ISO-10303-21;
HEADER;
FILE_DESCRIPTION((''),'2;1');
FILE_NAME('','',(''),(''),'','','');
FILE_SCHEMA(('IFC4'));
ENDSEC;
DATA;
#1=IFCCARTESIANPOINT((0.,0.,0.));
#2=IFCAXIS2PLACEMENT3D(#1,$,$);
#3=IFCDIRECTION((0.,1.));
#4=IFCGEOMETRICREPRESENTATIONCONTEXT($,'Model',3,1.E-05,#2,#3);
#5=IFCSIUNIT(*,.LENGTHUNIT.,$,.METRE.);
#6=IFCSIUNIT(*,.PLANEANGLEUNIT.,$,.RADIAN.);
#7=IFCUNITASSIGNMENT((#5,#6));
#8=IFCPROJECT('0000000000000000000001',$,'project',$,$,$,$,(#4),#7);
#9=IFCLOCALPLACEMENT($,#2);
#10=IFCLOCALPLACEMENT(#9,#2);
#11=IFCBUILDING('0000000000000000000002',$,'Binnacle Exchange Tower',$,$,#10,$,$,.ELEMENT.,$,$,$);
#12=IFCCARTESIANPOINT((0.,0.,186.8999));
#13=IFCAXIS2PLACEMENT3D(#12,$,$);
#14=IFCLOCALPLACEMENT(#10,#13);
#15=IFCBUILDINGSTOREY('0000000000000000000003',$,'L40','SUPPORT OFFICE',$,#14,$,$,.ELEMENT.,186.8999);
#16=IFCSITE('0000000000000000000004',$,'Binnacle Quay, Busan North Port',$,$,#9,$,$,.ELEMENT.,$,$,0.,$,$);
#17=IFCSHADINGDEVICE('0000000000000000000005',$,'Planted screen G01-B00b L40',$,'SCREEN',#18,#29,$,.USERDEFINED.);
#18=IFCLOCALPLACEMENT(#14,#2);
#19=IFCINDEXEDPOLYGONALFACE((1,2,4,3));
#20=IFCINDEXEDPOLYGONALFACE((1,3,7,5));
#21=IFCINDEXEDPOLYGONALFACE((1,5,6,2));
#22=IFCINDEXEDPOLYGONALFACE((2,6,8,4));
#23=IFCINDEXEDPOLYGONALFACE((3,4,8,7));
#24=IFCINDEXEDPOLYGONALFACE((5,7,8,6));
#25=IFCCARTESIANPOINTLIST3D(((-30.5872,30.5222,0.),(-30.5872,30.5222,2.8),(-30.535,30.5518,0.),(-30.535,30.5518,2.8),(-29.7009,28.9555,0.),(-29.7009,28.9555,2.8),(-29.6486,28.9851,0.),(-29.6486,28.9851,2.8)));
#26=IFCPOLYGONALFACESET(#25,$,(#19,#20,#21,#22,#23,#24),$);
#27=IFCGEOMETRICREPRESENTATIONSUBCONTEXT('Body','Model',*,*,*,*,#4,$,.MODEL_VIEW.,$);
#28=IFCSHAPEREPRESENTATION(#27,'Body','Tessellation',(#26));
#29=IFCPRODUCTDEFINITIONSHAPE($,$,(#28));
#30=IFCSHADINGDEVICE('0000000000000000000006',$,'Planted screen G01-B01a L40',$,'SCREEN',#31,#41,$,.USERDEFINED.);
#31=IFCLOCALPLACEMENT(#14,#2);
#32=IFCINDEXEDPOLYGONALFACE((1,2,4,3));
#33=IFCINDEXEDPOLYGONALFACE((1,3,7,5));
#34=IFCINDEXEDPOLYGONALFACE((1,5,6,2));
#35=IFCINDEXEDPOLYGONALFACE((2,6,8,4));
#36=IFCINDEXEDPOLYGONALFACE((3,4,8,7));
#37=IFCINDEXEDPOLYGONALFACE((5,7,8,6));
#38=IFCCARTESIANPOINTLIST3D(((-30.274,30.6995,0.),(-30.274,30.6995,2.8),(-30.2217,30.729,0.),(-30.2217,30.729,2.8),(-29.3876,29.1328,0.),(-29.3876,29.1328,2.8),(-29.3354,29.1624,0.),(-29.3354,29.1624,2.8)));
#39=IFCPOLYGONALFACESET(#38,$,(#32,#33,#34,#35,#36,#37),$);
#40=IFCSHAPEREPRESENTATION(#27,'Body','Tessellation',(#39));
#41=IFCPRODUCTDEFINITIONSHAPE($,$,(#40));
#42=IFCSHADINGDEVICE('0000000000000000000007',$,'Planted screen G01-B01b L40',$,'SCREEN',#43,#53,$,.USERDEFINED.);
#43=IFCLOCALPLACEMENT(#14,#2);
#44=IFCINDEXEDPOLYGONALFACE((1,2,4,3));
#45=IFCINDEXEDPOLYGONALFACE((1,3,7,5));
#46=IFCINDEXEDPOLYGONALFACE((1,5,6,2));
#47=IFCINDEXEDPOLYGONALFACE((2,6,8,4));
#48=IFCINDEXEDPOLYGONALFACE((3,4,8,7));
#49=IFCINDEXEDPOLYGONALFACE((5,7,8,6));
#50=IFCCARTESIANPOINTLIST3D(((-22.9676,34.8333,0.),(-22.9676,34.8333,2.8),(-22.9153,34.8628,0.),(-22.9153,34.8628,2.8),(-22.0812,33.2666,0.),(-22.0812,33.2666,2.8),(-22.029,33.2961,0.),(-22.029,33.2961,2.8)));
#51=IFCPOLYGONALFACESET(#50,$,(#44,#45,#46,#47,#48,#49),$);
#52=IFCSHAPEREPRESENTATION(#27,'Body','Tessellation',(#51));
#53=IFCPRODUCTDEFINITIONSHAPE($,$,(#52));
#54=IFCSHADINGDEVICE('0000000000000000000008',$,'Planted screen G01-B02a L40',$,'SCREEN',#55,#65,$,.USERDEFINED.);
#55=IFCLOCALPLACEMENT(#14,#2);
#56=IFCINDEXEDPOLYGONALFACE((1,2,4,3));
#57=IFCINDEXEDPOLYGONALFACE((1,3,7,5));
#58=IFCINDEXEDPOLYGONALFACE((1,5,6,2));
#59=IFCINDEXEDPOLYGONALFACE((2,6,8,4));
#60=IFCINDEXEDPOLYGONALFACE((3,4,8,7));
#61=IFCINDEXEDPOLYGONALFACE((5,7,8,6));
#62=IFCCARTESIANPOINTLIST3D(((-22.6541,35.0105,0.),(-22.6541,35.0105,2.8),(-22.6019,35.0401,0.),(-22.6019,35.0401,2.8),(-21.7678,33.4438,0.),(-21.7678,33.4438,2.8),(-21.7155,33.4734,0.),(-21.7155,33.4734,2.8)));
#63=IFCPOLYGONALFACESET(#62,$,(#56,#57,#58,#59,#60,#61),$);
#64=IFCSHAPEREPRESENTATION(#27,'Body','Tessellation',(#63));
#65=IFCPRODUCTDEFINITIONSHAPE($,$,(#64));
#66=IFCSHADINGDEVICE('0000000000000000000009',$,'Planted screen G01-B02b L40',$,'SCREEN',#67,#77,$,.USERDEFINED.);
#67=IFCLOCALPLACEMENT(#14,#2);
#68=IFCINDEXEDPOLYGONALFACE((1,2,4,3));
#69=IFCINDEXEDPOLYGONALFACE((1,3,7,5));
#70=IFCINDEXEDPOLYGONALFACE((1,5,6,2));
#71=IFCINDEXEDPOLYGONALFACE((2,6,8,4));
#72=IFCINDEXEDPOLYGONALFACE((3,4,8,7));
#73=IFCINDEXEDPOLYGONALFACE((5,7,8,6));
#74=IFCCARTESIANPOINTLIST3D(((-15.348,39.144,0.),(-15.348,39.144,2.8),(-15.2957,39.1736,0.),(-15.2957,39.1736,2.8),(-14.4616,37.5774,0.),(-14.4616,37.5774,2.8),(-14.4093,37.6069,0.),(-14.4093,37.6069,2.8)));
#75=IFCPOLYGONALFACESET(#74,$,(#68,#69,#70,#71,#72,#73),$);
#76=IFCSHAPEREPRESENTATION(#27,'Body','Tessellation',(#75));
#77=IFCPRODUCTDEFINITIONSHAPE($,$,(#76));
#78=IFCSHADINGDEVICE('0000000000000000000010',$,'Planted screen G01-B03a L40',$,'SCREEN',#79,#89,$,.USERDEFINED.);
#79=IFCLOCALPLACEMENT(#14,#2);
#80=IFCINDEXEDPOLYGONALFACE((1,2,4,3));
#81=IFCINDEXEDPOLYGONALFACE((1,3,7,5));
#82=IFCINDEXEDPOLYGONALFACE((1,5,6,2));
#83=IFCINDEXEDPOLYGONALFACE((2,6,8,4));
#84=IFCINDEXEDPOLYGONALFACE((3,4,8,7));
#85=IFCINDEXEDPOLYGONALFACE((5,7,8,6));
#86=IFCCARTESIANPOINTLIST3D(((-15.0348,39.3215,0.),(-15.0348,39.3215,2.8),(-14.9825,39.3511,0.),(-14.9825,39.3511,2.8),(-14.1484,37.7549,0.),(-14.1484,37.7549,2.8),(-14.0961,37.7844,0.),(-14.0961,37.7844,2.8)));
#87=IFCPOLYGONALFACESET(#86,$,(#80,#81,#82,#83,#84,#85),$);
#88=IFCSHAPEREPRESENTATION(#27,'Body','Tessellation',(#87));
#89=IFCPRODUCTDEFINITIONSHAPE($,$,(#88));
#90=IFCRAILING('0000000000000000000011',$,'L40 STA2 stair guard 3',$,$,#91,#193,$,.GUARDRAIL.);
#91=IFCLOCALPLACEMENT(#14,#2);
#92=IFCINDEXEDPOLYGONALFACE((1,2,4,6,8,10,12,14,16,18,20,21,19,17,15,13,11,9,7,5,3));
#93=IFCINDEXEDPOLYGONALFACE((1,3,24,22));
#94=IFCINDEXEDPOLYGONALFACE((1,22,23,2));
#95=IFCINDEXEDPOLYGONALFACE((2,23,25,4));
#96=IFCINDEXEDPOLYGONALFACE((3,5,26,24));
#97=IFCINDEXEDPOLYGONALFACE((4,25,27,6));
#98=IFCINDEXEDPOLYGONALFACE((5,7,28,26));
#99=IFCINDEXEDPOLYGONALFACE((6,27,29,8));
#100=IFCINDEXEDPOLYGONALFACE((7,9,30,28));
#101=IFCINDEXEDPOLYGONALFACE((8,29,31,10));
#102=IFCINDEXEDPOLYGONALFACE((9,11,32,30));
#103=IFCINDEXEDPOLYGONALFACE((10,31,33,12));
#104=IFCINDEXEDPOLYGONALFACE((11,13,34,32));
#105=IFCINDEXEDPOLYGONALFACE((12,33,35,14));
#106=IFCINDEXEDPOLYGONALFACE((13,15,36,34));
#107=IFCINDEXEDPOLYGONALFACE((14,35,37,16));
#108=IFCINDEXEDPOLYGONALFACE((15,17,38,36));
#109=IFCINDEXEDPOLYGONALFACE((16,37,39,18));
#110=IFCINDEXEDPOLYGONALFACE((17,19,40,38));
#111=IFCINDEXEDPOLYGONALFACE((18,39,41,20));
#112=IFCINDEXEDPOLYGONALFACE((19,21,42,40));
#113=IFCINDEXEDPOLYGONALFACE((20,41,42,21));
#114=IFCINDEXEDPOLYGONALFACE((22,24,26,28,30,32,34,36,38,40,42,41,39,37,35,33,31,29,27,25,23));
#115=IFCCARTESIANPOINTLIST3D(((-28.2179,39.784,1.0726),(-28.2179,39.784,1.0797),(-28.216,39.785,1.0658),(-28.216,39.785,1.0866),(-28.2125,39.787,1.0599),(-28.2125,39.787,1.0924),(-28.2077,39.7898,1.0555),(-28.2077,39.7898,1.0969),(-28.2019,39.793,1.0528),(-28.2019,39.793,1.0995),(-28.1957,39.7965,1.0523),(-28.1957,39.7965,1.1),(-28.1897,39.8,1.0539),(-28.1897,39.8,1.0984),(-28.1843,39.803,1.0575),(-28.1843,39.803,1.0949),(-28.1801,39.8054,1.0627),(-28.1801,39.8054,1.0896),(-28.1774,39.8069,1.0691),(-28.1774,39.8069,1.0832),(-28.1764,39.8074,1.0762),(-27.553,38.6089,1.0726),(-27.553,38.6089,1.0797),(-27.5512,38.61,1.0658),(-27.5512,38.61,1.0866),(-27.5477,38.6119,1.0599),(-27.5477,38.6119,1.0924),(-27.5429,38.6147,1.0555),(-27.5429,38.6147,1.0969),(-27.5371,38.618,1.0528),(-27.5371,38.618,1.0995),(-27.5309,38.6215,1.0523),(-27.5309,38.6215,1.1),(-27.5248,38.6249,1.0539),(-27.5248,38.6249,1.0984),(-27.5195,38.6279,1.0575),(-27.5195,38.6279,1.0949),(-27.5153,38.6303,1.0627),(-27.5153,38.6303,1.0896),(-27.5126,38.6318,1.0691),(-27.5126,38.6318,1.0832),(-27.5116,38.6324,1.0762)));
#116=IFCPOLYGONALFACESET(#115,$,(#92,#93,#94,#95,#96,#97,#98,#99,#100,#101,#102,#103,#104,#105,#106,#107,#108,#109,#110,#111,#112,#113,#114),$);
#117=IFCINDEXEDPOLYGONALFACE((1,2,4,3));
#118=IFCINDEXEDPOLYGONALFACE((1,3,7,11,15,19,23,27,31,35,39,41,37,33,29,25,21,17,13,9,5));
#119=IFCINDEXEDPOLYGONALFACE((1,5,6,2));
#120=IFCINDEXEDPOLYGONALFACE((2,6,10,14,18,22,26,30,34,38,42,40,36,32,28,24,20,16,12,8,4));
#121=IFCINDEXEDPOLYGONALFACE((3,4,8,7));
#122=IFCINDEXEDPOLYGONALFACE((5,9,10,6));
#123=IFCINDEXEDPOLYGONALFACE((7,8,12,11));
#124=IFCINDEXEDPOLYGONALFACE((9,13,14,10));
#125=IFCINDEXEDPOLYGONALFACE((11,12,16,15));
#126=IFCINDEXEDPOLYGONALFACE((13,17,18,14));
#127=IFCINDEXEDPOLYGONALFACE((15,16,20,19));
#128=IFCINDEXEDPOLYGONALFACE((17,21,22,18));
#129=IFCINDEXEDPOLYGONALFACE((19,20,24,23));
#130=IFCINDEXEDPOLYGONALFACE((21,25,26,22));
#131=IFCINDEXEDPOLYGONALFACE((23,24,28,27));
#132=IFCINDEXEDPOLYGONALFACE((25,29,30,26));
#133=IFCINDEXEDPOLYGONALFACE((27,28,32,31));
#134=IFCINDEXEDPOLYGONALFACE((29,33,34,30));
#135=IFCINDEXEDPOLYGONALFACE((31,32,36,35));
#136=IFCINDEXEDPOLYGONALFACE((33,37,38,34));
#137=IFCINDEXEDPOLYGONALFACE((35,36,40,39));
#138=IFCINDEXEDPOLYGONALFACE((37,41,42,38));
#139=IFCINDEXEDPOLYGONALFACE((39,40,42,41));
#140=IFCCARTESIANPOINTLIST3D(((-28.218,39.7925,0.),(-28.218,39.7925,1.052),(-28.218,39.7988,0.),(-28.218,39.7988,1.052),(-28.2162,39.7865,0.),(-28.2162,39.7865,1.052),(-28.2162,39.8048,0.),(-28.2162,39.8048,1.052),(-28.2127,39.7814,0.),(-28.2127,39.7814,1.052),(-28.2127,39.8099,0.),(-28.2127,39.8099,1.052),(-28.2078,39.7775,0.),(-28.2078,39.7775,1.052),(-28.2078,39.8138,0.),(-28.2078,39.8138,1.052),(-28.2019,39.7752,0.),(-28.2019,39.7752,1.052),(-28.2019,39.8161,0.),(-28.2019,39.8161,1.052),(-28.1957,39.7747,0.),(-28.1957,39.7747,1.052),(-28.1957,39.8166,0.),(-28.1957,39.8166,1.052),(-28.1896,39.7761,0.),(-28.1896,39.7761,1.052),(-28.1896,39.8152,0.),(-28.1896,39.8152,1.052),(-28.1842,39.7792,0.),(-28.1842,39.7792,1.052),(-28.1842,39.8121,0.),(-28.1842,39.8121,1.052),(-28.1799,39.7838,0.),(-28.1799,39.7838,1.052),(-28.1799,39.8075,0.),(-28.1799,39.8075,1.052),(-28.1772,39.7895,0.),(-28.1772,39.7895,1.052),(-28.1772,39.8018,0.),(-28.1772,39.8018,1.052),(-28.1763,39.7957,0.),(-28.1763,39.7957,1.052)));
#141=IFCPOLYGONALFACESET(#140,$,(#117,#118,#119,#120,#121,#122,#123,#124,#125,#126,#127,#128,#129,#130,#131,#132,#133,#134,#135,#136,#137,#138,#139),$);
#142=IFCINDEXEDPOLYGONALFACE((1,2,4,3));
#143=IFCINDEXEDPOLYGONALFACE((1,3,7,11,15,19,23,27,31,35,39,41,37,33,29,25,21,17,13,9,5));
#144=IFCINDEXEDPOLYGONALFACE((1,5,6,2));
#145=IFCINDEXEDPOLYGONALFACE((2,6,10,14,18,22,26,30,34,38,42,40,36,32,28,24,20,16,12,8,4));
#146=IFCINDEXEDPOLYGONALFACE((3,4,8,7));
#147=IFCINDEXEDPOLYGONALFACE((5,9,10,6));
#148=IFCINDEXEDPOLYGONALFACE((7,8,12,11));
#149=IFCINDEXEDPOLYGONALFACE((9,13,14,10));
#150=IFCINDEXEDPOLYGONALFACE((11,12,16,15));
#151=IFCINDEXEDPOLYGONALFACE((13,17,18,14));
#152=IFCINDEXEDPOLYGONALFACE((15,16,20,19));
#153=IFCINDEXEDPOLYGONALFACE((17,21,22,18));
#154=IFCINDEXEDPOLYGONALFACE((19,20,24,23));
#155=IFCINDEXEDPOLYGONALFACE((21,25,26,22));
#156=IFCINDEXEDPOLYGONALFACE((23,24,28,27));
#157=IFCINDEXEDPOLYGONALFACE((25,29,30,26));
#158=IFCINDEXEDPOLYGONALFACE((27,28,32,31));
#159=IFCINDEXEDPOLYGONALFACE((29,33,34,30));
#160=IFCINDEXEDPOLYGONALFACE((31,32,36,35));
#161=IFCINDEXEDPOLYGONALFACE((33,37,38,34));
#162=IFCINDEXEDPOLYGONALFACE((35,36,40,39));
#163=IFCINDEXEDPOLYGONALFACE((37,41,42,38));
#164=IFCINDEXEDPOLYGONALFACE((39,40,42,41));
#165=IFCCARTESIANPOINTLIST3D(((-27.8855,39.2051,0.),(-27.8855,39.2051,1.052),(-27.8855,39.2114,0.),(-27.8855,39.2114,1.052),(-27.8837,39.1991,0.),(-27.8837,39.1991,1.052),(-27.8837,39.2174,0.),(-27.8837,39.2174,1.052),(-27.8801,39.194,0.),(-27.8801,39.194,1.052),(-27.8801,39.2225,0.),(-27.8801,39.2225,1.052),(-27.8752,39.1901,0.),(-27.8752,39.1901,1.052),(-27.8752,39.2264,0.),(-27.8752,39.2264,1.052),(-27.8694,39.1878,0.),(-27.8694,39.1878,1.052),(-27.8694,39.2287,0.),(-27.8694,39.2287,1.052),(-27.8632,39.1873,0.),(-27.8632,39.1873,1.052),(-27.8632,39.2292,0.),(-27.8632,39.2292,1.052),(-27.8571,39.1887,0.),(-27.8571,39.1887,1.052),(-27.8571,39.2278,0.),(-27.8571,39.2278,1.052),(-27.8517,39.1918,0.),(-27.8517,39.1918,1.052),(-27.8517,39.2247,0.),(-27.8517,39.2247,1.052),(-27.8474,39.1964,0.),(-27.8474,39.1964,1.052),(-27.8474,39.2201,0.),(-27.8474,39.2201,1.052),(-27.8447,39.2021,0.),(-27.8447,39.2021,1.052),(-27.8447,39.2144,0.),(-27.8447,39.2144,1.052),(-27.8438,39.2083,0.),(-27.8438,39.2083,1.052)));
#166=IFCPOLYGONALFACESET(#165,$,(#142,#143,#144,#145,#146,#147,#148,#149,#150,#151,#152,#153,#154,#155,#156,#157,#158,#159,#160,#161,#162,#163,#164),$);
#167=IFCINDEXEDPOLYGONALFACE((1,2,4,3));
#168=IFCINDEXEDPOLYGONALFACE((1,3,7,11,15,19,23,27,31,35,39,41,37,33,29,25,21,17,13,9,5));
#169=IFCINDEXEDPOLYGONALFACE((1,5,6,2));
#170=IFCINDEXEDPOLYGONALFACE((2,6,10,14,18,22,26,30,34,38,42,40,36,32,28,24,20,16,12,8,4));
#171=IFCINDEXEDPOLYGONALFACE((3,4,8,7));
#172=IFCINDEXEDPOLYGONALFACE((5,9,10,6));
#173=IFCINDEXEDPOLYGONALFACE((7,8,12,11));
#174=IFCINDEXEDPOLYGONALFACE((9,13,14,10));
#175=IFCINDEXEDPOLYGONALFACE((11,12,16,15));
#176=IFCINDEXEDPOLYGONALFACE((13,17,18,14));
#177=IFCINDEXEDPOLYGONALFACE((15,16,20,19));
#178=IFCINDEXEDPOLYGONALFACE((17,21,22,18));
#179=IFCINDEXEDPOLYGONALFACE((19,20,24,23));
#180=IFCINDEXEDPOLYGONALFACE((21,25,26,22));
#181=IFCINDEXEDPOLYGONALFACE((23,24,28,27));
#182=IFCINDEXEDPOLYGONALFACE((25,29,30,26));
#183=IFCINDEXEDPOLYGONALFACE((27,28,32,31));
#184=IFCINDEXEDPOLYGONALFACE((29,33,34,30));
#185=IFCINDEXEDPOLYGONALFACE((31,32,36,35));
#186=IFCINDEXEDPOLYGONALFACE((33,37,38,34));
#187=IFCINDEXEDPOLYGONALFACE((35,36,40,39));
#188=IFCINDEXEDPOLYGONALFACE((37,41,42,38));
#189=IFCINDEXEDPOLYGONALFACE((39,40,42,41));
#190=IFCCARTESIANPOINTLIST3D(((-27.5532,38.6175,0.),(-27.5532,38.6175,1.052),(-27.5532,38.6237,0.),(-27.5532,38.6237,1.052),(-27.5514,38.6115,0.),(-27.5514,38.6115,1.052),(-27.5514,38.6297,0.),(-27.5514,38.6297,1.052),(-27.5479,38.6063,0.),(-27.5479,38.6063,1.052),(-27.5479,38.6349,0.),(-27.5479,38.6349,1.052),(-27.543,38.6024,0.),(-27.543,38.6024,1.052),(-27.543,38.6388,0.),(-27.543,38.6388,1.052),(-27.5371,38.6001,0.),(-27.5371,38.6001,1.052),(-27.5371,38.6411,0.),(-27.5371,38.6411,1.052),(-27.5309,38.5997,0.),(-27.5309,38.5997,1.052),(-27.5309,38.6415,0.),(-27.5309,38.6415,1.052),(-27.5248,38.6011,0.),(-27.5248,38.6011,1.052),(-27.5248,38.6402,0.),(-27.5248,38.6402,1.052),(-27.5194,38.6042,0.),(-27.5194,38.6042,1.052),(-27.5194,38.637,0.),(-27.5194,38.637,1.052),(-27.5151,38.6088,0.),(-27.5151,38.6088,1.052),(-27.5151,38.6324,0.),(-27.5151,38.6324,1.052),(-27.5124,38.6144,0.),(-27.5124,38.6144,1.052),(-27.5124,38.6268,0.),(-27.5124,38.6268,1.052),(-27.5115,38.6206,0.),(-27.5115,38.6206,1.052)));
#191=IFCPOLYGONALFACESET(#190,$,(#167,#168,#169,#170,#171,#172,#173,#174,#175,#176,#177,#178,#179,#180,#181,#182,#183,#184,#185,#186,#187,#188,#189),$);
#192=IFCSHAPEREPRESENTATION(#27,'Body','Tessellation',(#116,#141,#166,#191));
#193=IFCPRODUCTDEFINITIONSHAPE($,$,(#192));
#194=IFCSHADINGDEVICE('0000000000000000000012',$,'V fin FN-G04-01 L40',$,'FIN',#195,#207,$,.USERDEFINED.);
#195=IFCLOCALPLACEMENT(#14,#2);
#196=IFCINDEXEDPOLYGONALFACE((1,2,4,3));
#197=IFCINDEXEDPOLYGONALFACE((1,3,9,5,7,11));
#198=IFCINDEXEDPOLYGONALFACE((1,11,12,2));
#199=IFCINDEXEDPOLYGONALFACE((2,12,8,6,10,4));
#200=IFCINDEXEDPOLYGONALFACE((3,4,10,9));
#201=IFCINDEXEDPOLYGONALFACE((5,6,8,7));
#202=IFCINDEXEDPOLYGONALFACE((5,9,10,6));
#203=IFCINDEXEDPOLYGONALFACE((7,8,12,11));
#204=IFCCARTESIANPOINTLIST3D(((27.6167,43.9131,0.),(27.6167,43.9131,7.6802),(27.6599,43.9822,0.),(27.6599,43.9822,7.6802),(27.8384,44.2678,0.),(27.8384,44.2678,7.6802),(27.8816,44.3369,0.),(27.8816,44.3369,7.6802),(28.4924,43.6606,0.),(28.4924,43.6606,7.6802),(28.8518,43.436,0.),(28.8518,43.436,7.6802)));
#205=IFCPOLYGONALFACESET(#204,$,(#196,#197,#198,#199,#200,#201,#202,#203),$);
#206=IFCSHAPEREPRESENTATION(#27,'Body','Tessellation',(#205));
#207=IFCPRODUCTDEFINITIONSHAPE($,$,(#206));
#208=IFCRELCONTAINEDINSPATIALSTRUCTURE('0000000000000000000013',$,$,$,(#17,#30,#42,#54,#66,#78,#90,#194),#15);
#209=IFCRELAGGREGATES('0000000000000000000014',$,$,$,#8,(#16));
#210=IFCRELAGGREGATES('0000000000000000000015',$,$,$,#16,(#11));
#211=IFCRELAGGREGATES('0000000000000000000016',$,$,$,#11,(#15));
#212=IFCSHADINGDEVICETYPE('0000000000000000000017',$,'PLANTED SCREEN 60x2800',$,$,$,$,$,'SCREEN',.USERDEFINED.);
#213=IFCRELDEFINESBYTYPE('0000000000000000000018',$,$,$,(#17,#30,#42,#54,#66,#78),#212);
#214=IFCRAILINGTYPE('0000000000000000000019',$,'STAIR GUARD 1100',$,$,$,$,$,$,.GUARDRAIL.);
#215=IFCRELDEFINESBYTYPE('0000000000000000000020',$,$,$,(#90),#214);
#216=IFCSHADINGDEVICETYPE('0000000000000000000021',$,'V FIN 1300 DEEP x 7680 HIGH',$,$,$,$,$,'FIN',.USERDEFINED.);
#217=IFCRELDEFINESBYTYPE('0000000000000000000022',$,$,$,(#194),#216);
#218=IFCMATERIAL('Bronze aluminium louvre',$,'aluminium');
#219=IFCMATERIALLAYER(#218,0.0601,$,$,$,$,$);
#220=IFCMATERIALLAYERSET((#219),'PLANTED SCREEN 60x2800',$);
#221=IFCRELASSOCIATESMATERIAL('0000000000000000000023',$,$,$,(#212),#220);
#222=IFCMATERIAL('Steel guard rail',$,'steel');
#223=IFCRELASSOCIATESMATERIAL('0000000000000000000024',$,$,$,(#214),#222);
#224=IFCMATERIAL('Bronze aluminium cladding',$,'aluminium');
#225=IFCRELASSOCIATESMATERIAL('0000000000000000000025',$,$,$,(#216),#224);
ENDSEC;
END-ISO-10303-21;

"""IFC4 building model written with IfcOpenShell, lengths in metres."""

from ifc_helpers import new_model, si_unit, direction, frame, origin, origin_2d, place, context, subcontext, project, spatial, polyline, rectangle, circle, outline, extrude, material, layer, layer_set, type_object, element, save


model = new_model("IFC4")

# Units and contexts
model_context = context("Model", 3, precision=1e-05, world=origin(), true_north=direction((0.0, 1.0)))
body_context = subcontext(model_context, "Body", "Model", "MODEL_VIEW")
ifc_project = project(units=[si_unit("LENGTHUNIT", "METRE"), si_unit("PLANEANGLEUNIT", "RADIAN")], contexts=[model_context])

# Site, building, storey
site_placement = place(None, origin())
site = spatial("IfcSite", under=ifc_project, at=site_placement, Name="Binnacle Quay, Busan North Port", CompositionType="ELEMENT", RefElevation=0.0)
building_placement = place(site_placement, origin())
building = spatial("IfcBuilding", under=site, at=building_placement, Name="Binnacle Exchange Tower", CompositionType="ELEMENT")
storey_placement = place(building_placement, frame((0.0, 0.0, 186.8999)))
storey = spatial("IfcBuildingStorey", under=building, at=storey_placement, Name="L40", Description="SUPPORT OFFICE", CompositionType="ELEMENT", Elevation=186.8999)

# Shading devices
ifc_material_1 = material(Name="Bronze aluminium louvre", Category="aluminium")
ifc_layer_1 = layer(ifc_material_1, 0.0601)
ifc_layer_set_1 = layer_set([ifc_layer_1], Name="PLANTED SCREEN 60x2800")
shading_device_type_1 = type_object("IfcShadingDeviceType", Name="PLANTED SCREEN 60x2800", ElementType="SCREEN", PredefinedType="USERDEFINED", material=ifc_layer_set_1)
for number, where, z_axis, x_axis, name in (
    (1, (-30.1179, 29.7537, 0.0), (0.0, 0.0, 1.0), (0.870356, 0.492424, 0.0), "Planted screen G01-B00b L40"),
    (2, (-29.8047, 29.9309, 0.0), (0.0, 0.0, 1.0), (0.870356, 0.492424, 0.0), "Planted screen G01-B01a L40"),
    (3, (-22.4983, 34.0647, 0.0), (0.0, 0.0, 1.0), (0.870356, 0.492424, 0.0), "Planted screen G01-B01b L40"),
    (4, (-22.1848, 34.2419, 0.0), (0.0, 0.0, 1.0), (0.870356, 0.492424, 0.0), "Planted screen G01-B02a L40"),
    (5, (-14.8787, 38.3755, 0.0), (0.0, 0.0, 1.0), (0.870356, 0.492424, 0.0), "Planted screen G01-B02b L40"),
    (6, (-14.5654, 38.553, 0.0), (0.0, 0.0, 1.0), (0.870356, 0.492424, 0.0), "Planted screen G01-B03a L40"),
):
    element("IfcShadingDevice", number, at=place(storey_placement, frame(where, z_axis=z_axis, x_axis=x_axis)), inside=storey, type_object=shading_device_type_1, Name=name, ObjectType="SCREEN", PredefinedType="USERDEFINED", context=body_context, shape_type="SweptSolid", body=[
        extrude(rectangle(XDim=0.0601, YDim=1.8, at=origin_2d()), origin(), (0.0, 0.0, 1.0), 2.8),
    ])

# Railing
ifc_material_2 = material(Name="Steel guard rail", Category="steel")
railing_type_1 = type_object("IfcRailingType", Name="STAIR GUARD 1100", PredefinedType="GUARDRAIL", material=ifc_material_2)
railing_1_placement = place(storey_placement, frame((-28.1973, 39.7957, 0.0)))
element("IfcRailing", 7, at=railing_1_placement, inside=storey, type_object=railing_type_1, Name="L40 STA2 stair guard 3", PredefinedType="GUARDRAIL", context=body_context, shape_type="SweptSolid", body=[
    extrude(circle(Radius=0.0239, at=origin_2d()), frame((0.0, 0.0, 1.0762), z_axis=(0.492415, -0.870361, 0.0), x_axis=(0.870361, 0.492415, 0.0)), (0.0, 0.0, 1.0), 1.3501),
    extrude(circle(Radius=0.021, at=origin_2d()), origin(), (0.0, 0.0, 1.0), 1.052),
    extrude(circle(Radius=0.021, at=origin_2d()), frame((0.3325, -0.5874, 0.0)), (0.0, 0.0, 1.0), 1.052),
    extrude(circle(Radius=0.021, at=origin_2d()), frame((0.6648, -1.175, 0.0)), (0.0, 0.0, 1.0), 1.052),
])

# Shading device
ifc_material_3 = material(Name="Bronze aluminium cladding", Category="aluminium")
shading_device_type_2 = type_object("IfcShadingDeviceType", Name="V FIN 1300 DEEP x 7680 HIGH", ElementType="FIN", PredefinedType="USERDEFINED", material=ifc_material_3)
shading_device_1_placement = place(storey_placement, origin())
element("IfcShadingDevice", 8, at=shading_device_1_placement, inside=storey, type_object=shading_device_type_2, Name="V fin FN-G04-01 L40", ObjectType="FIN", PredefinedType="USERDEFINED", context=body_context, shape_type="SweptSolid", body=[
    extrude(outline(polyline([(27.6167, 43.9131), (28.8518, 43.436), (27.8816, 44.3369), (27.8384, 44.2678), (28.4924, 43.6606), (27.6599, 43.9822), (27.6167, 43.9131)])), origin(), (0.0, 0.0, 1.0), 7.6802),
])

save(model, "model.ifc")
